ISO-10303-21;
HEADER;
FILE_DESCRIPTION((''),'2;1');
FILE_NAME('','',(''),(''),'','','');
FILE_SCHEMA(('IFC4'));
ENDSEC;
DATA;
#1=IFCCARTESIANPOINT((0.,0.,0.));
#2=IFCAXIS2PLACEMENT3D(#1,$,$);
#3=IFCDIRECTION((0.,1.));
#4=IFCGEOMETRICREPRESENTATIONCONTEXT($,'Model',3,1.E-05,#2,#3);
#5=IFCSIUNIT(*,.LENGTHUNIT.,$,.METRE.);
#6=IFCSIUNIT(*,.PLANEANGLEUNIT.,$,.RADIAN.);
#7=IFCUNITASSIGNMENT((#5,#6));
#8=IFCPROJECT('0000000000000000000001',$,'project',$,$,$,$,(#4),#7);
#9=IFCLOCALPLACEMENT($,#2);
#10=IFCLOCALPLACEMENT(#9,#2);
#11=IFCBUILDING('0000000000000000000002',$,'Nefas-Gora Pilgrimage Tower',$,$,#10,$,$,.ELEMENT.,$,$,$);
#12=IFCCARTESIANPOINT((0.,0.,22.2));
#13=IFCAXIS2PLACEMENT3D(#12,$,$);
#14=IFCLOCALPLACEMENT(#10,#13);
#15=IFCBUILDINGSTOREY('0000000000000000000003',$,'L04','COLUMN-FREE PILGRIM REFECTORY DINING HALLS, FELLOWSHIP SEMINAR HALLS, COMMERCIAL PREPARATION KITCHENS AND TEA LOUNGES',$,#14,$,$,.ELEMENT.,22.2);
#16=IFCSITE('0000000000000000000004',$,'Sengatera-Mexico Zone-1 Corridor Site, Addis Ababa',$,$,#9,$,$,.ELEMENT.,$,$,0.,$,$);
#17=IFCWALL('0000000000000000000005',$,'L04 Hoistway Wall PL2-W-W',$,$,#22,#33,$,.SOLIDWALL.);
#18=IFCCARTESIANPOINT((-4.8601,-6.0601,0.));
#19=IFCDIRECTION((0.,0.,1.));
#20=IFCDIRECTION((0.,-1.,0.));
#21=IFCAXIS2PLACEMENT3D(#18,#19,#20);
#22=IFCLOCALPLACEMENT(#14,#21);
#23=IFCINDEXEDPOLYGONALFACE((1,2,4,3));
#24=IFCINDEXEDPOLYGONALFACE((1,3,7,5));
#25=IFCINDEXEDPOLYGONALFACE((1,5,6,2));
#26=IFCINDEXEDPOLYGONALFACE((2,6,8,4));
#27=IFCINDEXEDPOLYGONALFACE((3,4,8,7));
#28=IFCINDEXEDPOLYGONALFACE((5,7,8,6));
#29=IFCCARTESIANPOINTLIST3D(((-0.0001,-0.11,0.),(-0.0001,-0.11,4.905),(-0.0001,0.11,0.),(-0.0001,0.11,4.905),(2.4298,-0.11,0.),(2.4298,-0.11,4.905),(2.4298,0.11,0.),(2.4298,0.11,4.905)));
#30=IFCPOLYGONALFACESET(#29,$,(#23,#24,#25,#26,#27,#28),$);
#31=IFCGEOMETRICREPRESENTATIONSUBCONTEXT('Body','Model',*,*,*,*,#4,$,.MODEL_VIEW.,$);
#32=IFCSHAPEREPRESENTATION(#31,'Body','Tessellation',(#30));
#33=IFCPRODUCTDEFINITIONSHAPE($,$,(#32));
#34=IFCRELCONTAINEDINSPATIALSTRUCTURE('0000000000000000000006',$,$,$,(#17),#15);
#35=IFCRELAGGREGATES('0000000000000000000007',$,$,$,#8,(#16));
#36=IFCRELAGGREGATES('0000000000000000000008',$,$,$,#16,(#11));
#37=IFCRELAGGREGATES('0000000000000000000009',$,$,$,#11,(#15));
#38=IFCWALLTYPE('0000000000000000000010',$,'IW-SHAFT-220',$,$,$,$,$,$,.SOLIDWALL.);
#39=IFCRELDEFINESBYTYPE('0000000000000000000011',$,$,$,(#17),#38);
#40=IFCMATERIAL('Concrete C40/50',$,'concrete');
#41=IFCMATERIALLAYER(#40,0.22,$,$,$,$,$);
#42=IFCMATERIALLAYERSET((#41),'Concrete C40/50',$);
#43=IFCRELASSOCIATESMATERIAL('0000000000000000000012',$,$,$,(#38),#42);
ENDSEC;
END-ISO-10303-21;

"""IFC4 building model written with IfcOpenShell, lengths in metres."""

from ifc_helpers import new_model, si_unit, direction, frame, frame_2d, origin, place, context, subcontext, project, spatial, rectangle, extrude, source, transform, mapped, material, layer, layer_set, type_object, element, save


model = new_model("IFC4")

# Units and contexts
model_context = context("Model", 3, precision=1e-05, world=origin(), true_north=direction((0.0, 1.0)))
body_context = subcontext(model_context, "Body", "Model", "MODEL_VIEW")
ifc_project = project(units=[si_unit("LENGTHUNIT", "METRE"), si_unit("PLANEANGLEUNIT", "RADIAN")], contexts=[model_context])

# Site, building, storey
site_placement = place(None, origin())
site = spatial("IfcSite", under=ifc_project, at=site_placement, Name="Sengatera-Mexico Zone-1 Corridor Site, Addis Ababa", CompositionType="ELEMENT", RefElevation=0.0)
building_placement = place(site_placement, origin())
building = spatial("IfcBuilding", under=site, at=building_placement, Name="Nefas-Gora Pilgrimage Tower", CompositionType="ELEMENT")
storey_placement = place(building_placement, frame((0.0, 0.0, 22.2)))
storey = spatial("IfcBuildingStorey", under=building, at=storey_placement, Name="L04", Description="COLUMN-FREE PILGRIM REFECTORY DINING HALLS, FELLOWSHIP SEMINAR HALLS, COMMERCIAL PREPARATION KITCHENS AND TEA LOUNGES", CompositionType="ELEMENT", Elevation=22.2)

# Wall
ifc_material_1 = material(Name="Concrete C40/50", Category="concrete")
ifc_layer_1 = layer(ifc_material_1, 0.22)
ifc_layer_set_1 = layer_set([ifc_layer_1], Name="Concrete C40/50")
wall_type_1 = type_object("IfcWallType", Name="IW-SHAFT-220", PredefinedType="SOLIDWALL", material=ifc_layer_set_1)
shared_shape_1 = source(origin(), body_context, "Body", "SweptSolid", [
    extrude(rectangle(XDim=2.4299, YDim=0.22, at=frame_2d((1.2148, 0.0))), origin(), (0.0, 0.0, 1.0), 4.905),
])
wall_1_placement = place(storey_placement, frame((-4.8601, -6.0601, 0.0), z_axis=(0.0, 0.0, 1.0), x_axis=(0.0, -1.0, 0.0)))
element("IfcWall", 1, at=wall_1_placement, inside=storey, type_object=wall_type_1, Name="L04 Hoistway Wall PL2-W-W", PredefinedType="SOLIDWALL", context=body_context, shape_type="MappedRepresentation", body=[
    mapped(shared_shape_1, transform((0.0, 0.0, 0.0), x_axis=(1.0, 0.0, 0.0), y_axis=(0.0, 1.0, 0.0), z_axis=(0.0, 0.0, 1.0), scale=1.0)),
])

save(model, "model.ifc")
